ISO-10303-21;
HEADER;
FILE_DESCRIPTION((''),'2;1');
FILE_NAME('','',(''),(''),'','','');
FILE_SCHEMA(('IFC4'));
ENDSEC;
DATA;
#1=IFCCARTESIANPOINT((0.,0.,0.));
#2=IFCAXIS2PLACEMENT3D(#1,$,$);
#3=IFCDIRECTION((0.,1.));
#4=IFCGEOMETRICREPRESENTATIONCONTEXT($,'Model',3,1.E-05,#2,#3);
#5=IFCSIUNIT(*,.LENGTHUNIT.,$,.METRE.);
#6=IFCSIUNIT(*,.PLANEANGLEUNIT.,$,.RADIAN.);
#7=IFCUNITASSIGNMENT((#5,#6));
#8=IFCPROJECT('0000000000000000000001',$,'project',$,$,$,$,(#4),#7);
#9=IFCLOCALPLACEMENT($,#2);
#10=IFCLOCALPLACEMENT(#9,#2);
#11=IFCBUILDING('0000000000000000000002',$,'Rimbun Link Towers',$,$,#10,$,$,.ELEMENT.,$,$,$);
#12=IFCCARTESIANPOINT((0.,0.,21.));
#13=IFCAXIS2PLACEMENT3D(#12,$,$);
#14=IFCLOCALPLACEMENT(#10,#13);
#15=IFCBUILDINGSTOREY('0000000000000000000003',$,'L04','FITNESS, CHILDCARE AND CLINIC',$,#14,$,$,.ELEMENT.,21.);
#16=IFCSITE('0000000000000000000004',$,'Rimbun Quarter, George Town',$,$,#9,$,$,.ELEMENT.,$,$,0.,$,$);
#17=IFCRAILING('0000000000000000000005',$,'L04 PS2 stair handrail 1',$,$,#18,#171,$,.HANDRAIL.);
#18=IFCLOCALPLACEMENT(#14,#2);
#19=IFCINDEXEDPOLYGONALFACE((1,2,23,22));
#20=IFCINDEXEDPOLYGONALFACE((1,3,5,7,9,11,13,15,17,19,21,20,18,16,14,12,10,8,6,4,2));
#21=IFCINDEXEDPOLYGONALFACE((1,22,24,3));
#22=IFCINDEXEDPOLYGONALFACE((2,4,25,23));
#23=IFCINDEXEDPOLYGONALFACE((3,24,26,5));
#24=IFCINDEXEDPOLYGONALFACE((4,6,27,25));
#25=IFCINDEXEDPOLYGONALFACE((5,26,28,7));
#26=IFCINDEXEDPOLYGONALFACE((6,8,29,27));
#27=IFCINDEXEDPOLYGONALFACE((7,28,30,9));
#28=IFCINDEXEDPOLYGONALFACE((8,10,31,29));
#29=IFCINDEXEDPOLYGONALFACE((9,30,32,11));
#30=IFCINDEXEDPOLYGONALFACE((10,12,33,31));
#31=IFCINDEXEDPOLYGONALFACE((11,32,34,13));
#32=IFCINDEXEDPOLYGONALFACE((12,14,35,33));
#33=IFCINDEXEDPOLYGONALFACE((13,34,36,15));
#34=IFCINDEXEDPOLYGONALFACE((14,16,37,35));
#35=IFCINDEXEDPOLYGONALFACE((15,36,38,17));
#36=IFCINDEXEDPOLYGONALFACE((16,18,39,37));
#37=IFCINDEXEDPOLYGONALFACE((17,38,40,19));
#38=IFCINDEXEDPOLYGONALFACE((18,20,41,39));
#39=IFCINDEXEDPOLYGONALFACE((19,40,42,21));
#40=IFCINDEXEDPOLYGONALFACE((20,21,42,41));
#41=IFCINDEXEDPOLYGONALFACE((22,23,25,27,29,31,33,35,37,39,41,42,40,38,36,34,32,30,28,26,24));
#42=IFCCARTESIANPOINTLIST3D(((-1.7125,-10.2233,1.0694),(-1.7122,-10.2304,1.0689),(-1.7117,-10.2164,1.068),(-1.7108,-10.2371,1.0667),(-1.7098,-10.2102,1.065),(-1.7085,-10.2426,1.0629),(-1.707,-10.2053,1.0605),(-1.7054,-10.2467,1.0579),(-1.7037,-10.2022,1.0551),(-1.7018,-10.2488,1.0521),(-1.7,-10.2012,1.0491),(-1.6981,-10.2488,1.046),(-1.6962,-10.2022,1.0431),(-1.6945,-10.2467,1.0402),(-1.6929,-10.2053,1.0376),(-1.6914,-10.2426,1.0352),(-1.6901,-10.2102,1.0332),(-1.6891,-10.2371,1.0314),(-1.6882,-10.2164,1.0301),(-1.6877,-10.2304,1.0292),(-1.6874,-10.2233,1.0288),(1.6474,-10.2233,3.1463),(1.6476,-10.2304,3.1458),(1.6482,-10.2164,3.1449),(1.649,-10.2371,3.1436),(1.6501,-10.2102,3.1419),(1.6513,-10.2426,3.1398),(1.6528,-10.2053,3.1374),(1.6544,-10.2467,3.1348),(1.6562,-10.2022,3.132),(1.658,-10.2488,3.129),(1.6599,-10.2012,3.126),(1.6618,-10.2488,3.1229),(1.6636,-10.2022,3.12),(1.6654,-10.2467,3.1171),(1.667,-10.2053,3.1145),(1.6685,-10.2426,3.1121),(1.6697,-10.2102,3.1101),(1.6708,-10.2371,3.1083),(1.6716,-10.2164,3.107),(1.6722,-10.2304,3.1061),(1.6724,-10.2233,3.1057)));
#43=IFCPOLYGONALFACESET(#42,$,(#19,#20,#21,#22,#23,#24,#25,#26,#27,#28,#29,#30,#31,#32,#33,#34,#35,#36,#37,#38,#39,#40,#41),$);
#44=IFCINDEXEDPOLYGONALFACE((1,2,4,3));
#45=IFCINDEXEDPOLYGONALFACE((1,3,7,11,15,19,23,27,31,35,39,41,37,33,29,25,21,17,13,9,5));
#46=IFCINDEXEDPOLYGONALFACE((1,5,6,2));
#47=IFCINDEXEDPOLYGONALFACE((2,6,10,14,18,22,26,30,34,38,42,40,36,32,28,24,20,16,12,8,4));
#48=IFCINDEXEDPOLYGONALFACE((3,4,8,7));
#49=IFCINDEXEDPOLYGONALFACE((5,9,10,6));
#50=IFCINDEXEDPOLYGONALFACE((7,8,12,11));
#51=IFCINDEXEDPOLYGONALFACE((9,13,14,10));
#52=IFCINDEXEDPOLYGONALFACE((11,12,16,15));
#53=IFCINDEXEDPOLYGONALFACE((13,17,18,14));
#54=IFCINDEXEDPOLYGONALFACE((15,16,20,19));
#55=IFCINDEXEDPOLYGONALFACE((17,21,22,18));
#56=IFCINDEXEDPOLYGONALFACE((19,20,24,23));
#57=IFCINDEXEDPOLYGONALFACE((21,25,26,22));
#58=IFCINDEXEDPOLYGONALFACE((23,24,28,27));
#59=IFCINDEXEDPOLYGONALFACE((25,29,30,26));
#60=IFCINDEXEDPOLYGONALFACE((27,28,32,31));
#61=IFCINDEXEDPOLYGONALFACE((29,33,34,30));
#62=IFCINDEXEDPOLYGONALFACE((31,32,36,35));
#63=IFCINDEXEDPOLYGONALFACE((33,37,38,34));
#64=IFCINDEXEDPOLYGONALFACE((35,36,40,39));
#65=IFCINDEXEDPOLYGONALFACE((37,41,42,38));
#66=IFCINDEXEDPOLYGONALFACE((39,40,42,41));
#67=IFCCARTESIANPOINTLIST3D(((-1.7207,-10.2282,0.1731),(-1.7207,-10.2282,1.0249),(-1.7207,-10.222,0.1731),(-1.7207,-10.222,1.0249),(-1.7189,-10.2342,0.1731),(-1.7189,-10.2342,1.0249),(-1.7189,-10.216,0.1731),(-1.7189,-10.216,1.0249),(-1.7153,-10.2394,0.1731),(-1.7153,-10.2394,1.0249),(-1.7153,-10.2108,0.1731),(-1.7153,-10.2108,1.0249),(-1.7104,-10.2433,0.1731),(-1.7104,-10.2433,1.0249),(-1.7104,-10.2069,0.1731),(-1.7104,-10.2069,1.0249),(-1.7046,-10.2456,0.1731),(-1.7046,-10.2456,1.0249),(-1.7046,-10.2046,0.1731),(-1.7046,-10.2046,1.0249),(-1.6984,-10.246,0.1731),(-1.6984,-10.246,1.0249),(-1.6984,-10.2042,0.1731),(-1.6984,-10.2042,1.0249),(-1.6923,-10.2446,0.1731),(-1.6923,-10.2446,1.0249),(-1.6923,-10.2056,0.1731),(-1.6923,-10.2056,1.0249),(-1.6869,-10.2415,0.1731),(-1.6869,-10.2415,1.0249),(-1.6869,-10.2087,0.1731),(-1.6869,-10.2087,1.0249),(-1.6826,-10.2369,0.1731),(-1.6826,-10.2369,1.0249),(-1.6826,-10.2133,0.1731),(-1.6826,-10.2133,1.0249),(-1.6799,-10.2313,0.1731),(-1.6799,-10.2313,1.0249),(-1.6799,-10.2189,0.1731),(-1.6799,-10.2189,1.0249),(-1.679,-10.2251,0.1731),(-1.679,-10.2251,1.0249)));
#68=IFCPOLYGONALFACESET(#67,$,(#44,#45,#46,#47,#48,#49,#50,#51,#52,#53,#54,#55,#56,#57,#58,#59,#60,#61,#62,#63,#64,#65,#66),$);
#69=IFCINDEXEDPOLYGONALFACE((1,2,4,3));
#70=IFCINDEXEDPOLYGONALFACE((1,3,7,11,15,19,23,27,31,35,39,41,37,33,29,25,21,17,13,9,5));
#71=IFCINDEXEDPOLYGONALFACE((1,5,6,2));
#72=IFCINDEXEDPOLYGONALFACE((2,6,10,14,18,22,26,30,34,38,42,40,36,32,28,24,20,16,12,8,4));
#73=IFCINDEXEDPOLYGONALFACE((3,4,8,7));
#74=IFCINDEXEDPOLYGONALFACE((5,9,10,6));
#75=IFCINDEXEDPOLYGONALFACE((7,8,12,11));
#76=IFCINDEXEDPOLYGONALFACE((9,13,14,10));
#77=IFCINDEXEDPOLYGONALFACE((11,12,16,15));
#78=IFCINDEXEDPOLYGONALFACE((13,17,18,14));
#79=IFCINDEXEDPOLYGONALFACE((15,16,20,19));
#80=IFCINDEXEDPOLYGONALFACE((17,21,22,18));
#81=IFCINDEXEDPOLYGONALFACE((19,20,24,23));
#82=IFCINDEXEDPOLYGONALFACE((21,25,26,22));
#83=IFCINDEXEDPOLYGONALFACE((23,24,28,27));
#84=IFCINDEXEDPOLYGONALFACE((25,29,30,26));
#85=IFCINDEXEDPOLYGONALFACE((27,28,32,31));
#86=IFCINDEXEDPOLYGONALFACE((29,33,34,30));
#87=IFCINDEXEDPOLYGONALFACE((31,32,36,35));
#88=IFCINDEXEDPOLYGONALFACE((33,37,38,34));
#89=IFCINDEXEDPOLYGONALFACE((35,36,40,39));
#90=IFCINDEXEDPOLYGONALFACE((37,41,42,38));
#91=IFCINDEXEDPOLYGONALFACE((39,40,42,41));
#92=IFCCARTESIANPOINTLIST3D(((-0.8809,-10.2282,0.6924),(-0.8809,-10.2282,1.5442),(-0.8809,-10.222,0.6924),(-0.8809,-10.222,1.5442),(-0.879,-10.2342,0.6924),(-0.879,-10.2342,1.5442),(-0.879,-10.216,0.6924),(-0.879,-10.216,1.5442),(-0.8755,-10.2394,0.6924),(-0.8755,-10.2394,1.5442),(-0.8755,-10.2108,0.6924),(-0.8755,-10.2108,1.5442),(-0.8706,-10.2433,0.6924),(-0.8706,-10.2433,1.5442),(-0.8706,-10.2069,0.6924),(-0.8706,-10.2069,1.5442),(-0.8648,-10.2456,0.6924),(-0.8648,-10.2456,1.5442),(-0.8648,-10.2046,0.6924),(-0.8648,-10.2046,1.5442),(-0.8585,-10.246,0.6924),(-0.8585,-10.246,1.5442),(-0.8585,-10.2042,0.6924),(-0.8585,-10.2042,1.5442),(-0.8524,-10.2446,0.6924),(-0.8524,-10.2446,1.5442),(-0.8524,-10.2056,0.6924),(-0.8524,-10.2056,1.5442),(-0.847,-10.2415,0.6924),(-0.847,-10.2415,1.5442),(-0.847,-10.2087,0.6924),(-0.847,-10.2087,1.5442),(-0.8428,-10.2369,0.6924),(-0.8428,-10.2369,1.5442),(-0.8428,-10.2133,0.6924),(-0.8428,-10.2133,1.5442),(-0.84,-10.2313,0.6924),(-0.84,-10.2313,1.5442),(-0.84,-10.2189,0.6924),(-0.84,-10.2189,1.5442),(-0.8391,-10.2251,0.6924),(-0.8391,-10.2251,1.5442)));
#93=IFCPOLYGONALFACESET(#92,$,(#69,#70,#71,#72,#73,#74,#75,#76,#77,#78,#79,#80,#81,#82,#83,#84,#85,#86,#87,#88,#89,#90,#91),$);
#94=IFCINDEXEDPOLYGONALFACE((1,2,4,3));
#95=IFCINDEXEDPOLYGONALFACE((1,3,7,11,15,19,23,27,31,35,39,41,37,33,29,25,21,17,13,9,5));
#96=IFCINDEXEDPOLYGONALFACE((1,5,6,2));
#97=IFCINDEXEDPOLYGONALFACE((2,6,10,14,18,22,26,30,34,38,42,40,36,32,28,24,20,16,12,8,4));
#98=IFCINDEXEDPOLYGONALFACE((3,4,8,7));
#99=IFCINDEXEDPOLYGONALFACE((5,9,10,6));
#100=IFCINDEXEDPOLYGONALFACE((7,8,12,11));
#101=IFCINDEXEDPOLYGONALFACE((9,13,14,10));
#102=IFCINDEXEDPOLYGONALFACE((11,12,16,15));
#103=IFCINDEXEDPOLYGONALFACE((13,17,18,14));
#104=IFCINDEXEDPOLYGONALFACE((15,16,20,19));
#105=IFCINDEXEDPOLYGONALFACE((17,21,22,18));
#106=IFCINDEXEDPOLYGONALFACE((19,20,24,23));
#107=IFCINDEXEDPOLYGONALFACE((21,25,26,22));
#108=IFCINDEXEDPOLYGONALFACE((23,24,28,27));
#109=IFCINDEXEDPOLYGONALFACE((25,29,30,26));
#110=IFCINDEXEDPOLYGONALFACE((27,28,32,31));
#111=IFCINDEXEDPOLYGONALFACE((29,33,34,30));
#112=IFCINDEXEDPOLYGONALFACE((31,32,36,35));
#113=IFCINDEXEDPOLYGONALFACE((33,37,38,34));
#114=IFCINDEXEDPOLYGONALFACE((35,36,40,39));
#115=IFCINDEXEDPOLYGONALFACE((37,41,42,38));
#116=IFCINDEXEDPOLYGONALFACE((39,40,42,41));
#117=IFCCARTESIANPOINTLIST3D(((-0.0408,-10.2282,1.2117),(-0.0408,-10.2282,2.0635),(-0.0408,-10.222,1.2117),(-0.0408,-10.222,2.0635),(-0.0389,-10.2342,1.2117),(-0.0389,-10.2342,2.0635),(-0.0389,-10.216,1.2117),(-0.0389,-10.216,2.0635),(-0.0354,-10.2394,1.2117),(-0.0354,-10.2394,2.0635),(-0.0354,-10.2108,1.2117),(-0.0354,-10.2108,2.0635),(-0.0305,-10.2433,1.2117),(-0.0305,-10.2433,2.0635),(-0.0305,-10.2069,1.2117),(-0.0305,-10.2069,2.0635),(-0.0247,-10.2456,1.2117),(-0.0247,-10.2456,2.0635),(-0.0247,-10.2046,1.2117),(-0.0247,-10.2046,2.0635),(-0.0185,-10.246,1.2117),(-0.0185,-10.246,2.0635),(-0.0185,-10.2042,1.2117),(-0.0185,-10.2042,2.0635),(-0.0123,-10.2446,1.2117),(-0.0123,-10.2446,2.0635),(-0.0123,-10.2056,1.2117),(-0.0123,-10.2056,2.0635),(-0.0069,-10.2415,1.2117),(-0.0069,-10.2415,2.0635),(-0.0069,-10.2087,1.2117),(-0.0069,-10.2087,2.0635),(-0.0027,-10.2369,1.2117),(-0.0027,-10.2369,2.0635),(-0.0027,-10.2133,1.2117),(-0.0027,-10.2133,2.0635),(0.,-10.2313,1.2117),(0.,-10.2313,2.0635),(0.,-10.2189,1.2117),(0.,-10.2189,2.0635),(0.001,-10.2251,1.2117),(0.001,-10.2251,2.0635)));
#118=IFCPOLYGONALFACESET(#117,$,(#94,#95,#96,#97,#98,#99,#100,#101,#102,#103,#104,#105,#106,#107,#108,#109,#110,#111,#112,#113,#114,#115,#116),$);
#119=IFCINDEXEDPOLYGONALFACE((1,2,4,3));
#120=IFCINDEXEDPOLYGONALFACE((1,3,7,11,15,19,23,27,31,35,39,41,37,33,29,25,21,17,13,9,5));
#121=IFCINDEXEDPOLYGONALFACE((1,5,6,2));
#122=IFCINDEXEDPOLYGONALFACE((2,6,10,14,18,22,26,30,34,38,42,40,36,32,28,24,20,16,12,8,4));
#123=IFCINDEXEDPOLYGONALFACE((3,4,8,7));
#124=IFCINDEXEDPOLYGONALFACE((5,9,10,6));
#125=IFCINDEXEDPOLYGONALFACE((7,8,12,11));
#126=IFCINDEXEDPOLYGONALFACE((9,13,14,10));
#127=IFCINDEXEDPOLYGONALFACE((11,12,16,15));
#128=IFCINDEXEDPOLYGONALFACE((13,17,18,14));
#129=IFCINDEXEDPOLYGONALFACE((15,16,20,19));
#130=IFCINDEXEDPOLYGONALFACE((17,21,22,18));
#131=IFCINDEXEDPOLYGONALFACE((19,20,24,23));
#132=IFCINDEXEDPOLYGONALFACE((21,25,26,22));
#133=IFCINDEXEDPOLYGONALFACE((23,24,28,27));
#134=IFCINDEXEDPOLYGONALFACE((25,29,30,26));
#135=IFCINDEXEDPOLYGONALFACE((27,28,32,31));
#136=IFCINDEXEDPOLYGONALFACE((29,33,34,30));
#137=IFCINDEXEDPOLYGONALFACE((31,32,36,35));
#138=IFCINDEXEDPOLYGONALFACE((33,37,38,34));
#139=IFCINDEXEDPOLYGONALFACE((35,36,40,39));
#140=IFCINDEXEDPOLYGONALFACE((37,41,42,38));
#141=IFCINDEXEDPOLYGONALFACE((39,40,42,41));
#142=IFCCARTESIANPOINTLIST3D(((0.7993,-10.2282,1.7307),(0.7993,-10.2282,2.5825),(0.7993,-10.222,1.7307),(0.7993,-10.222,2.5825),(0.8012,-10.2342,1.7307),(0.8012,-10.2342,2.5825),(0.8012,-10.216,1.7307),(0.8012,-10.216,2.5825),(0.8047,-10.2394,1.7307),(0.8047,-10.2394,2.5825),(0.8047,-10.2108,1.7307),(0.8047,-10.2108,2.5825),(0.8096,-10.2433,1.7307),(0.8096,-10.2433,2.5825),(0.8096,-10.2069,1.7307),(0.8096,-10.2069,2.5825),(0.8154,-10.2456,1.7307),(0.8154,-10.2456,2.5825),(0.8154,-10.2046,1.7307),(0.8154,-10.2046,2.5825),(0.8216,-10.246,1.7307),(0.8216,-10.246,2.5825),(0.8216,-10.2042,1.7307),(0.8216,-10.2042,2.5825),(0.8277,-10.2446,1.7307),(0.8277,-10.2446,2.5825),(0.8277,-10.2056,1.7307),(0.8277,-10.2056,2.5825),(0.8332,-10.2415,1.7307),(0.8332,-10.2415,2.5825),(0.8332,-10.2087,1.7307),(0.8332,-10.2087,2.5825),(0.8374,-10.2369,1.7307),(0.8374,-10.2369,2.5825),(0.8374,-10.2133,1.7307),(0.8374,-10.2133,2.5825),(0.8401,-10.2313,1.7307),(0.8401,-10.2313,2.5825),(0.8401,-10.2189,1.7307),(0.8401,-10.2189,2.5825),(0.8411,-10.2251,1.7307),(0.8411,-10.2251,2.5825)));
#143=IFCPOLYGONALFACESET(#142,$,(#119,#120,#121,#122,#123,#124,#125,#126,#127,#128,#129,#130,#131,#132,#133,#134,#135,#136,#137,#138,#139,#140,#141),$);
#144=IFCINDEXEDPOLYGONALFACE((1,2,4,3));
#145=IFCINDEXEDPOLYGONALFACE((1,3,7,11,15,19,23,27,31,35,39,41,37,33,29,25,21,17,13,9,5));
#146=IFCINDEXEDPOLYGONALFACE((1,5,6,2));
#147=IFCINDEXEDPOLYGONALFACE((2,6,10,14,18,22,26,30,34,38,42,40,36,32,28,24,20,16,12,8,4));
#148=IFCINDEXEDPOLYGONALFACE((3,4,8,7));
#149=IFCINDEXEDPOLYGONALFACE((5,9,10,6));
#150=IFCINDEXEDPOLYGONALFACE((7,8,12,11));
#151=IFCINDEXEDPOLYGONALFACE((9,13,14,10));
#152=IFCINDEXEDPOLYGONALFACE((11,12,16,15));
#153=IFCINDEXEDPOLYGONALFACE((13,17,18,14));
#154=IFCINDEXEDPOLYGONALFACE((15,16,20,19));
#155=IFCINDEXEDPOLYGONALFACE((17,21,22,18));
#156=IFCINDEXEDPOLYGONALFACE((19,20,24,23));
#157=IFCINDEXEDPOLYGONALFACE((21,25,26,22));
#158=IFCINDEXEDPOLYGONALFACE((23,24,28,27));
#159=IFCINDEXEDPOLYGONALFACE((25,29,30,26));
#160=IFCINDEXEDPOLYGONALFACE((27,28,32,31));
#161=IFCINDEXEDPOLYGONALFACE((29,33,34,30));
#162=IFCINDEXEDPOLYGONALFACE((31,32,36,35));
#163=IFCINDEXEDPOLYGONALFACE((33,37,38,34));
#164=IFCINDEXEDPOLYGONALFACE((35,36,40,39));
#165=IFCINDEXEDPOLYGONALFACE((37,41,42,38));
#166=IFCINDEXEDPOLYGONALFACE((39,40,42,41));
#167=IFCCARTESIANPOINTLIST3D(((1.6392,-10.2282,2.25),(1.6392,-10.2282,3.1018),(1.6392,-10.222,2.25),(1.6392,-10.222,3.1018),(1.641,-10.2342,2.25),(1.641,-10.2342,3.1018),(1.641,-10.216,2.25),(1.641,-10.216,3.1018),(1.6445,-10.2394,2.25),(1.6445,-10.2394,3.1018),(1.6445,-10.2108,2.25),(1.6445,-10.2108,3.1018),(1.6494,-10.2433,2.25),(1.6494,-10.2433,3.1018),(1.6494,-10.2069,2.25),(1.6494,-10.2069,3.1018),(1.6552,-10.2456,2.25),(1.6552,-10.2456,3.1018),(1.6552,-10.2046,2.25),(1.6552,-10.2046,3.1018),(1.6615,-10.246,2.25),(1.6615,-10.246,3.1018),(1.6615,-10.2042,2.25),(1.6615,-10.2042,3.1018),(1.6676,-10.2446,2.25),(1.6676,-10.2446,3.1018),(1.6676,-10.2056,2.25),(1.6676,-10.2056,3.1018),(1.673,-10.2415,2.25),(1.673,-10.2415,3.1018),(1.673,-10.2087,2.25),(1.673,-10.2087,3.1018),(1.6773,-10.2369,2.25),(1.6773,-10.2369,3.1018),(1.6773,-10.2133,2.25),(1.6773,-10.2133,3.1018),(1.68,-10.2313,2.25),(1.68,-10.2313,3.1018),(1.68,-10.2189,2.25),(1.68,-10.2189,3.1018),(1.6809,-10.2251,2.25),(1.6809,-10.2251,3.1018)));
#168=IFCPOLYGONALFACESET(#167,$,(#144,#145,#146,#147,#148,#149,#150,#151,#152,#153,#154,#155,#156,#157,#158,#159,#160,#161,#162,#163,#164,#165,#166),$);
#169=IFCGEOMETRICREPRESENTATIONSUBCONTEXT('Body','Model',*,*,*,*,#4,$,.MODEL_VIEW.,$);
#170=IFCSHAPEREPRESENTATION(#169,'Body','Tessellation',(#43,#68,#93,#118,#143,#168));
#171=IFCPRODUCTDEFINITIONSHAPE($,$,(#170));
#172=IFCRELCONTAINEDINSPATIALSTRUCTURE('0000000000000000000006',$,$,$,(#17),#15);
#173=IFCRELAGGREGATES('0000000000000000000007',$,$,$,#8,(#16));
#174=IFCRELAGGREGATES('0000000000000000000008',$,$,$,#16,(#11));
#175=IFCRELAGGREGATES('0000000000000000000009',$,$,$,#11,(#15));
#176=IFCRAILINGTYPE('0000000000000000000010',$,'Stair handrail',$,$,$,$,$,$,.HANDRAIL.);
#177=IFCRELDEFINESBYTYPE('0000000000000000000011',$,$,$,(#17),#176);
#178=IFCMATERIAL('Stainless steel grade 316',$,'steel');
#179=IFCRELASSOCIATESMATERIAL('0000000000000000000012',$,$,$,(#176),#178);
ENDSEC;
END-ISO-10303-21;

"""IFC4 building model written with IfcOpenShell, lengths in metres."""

from ifc_helpers import new_model, si_unit, direction, frame, origin, origin_2d, place, context, subcontext, project, spatial, circle, extrude, material, type_object, element, save


model = new_model("IFC4")

# Units and contexts
model_context = context("Model", 3, precision=1e-05, world=origin(), true_north=direction((0.0, 1.0)))
body_context = subcontext(model_context, "Body", "Model", "MODEL_VIEW")
ifc_project = project(units=[si_unit("LENGTHUNIT", "METRE"), si_unit("PLANEANGLEUNIT", "RADIAN")], contexts=[model_context])

# Site, building, storey
site_placement = place(None, origin())
site = spatial("IfcSite", under=ifc_project, at=site_placement, Name="Rimbun Quarter, George Town", CompositionType="ELEMENT", RefElevation=0.0)
building_placement = place(site_placement, origin())
building = spatial("IfcBuilding", under=site, at=building_placement, Name="Rimbun Link Towers", CompositionType="ELEMENT")
storey_placement = place(building_placement, frame((0.0, 0.0, 21.0)))
storey = spatial("IfcBuildingStorey", under=building, at=storey_placement, Name="L04", Description="FITNESS, CHILDCARE AND CLINIC", CompositionType="ELEMENT", Elevation=21.0)

# Railing
ifc_material_1 = material(Name="Stainless steel grade 316", Category="steel")
railing_type_1 = type_object("IfcRailingType", Name="Stair handrail", PredefinedType="HANDRAIL", material=ifc_material_1)
railing_1_placement = place(storey_placement, frame((-1.7, -10.2251, 0.1731)))
element("IfcRailing", 1, at=railing_1_placement, inside=storey, type_object=railing_type_1, Name="L04 PS2 stair handrail 1", PredefinedType="HANDRAIL", context=body_context, shape_type="SweptSolid", body=[
    extrude(circle(Radius=0.0239, at=origin_2d()), frame((0.0, 0.0, 0.876), z_axis=(0.850606, 0.0, 0.525803), x_axis=(0.0, 1.0, 0.0)), (0.0, 0.0, 1.0), 3.95),
    extrude(circle(Radius=0.021, at=origin_2d()), origin(), (0.0, 0.0, 1.0), 0.8518),
    extrude(circle(Radius=0.021, at=origin_2d()), frame((0.8398, 0.0, 0.5193)), (0.0, 0.0, 1.0), 0.8518),
    extrude(circle(Radius=0.021, at=origin_2d()), frame((1.6799, 0.0, 1.0386)), (0.0, 0.0, 1.0), 0.8518),
    extrude(circle(Radius=0.021, at=origin_2d()), frame((2.52, 0.0, 1.5576)), (0.0, 0.0, 1.0), 0.8518),
    extrude(circle(Radius=0.021, at=origin_2d()), frame((3.3599, 0.0, 2.0769)), (0.0, 0.0, 1.0), 0.8518),
])

save(model, "model.ifc")
